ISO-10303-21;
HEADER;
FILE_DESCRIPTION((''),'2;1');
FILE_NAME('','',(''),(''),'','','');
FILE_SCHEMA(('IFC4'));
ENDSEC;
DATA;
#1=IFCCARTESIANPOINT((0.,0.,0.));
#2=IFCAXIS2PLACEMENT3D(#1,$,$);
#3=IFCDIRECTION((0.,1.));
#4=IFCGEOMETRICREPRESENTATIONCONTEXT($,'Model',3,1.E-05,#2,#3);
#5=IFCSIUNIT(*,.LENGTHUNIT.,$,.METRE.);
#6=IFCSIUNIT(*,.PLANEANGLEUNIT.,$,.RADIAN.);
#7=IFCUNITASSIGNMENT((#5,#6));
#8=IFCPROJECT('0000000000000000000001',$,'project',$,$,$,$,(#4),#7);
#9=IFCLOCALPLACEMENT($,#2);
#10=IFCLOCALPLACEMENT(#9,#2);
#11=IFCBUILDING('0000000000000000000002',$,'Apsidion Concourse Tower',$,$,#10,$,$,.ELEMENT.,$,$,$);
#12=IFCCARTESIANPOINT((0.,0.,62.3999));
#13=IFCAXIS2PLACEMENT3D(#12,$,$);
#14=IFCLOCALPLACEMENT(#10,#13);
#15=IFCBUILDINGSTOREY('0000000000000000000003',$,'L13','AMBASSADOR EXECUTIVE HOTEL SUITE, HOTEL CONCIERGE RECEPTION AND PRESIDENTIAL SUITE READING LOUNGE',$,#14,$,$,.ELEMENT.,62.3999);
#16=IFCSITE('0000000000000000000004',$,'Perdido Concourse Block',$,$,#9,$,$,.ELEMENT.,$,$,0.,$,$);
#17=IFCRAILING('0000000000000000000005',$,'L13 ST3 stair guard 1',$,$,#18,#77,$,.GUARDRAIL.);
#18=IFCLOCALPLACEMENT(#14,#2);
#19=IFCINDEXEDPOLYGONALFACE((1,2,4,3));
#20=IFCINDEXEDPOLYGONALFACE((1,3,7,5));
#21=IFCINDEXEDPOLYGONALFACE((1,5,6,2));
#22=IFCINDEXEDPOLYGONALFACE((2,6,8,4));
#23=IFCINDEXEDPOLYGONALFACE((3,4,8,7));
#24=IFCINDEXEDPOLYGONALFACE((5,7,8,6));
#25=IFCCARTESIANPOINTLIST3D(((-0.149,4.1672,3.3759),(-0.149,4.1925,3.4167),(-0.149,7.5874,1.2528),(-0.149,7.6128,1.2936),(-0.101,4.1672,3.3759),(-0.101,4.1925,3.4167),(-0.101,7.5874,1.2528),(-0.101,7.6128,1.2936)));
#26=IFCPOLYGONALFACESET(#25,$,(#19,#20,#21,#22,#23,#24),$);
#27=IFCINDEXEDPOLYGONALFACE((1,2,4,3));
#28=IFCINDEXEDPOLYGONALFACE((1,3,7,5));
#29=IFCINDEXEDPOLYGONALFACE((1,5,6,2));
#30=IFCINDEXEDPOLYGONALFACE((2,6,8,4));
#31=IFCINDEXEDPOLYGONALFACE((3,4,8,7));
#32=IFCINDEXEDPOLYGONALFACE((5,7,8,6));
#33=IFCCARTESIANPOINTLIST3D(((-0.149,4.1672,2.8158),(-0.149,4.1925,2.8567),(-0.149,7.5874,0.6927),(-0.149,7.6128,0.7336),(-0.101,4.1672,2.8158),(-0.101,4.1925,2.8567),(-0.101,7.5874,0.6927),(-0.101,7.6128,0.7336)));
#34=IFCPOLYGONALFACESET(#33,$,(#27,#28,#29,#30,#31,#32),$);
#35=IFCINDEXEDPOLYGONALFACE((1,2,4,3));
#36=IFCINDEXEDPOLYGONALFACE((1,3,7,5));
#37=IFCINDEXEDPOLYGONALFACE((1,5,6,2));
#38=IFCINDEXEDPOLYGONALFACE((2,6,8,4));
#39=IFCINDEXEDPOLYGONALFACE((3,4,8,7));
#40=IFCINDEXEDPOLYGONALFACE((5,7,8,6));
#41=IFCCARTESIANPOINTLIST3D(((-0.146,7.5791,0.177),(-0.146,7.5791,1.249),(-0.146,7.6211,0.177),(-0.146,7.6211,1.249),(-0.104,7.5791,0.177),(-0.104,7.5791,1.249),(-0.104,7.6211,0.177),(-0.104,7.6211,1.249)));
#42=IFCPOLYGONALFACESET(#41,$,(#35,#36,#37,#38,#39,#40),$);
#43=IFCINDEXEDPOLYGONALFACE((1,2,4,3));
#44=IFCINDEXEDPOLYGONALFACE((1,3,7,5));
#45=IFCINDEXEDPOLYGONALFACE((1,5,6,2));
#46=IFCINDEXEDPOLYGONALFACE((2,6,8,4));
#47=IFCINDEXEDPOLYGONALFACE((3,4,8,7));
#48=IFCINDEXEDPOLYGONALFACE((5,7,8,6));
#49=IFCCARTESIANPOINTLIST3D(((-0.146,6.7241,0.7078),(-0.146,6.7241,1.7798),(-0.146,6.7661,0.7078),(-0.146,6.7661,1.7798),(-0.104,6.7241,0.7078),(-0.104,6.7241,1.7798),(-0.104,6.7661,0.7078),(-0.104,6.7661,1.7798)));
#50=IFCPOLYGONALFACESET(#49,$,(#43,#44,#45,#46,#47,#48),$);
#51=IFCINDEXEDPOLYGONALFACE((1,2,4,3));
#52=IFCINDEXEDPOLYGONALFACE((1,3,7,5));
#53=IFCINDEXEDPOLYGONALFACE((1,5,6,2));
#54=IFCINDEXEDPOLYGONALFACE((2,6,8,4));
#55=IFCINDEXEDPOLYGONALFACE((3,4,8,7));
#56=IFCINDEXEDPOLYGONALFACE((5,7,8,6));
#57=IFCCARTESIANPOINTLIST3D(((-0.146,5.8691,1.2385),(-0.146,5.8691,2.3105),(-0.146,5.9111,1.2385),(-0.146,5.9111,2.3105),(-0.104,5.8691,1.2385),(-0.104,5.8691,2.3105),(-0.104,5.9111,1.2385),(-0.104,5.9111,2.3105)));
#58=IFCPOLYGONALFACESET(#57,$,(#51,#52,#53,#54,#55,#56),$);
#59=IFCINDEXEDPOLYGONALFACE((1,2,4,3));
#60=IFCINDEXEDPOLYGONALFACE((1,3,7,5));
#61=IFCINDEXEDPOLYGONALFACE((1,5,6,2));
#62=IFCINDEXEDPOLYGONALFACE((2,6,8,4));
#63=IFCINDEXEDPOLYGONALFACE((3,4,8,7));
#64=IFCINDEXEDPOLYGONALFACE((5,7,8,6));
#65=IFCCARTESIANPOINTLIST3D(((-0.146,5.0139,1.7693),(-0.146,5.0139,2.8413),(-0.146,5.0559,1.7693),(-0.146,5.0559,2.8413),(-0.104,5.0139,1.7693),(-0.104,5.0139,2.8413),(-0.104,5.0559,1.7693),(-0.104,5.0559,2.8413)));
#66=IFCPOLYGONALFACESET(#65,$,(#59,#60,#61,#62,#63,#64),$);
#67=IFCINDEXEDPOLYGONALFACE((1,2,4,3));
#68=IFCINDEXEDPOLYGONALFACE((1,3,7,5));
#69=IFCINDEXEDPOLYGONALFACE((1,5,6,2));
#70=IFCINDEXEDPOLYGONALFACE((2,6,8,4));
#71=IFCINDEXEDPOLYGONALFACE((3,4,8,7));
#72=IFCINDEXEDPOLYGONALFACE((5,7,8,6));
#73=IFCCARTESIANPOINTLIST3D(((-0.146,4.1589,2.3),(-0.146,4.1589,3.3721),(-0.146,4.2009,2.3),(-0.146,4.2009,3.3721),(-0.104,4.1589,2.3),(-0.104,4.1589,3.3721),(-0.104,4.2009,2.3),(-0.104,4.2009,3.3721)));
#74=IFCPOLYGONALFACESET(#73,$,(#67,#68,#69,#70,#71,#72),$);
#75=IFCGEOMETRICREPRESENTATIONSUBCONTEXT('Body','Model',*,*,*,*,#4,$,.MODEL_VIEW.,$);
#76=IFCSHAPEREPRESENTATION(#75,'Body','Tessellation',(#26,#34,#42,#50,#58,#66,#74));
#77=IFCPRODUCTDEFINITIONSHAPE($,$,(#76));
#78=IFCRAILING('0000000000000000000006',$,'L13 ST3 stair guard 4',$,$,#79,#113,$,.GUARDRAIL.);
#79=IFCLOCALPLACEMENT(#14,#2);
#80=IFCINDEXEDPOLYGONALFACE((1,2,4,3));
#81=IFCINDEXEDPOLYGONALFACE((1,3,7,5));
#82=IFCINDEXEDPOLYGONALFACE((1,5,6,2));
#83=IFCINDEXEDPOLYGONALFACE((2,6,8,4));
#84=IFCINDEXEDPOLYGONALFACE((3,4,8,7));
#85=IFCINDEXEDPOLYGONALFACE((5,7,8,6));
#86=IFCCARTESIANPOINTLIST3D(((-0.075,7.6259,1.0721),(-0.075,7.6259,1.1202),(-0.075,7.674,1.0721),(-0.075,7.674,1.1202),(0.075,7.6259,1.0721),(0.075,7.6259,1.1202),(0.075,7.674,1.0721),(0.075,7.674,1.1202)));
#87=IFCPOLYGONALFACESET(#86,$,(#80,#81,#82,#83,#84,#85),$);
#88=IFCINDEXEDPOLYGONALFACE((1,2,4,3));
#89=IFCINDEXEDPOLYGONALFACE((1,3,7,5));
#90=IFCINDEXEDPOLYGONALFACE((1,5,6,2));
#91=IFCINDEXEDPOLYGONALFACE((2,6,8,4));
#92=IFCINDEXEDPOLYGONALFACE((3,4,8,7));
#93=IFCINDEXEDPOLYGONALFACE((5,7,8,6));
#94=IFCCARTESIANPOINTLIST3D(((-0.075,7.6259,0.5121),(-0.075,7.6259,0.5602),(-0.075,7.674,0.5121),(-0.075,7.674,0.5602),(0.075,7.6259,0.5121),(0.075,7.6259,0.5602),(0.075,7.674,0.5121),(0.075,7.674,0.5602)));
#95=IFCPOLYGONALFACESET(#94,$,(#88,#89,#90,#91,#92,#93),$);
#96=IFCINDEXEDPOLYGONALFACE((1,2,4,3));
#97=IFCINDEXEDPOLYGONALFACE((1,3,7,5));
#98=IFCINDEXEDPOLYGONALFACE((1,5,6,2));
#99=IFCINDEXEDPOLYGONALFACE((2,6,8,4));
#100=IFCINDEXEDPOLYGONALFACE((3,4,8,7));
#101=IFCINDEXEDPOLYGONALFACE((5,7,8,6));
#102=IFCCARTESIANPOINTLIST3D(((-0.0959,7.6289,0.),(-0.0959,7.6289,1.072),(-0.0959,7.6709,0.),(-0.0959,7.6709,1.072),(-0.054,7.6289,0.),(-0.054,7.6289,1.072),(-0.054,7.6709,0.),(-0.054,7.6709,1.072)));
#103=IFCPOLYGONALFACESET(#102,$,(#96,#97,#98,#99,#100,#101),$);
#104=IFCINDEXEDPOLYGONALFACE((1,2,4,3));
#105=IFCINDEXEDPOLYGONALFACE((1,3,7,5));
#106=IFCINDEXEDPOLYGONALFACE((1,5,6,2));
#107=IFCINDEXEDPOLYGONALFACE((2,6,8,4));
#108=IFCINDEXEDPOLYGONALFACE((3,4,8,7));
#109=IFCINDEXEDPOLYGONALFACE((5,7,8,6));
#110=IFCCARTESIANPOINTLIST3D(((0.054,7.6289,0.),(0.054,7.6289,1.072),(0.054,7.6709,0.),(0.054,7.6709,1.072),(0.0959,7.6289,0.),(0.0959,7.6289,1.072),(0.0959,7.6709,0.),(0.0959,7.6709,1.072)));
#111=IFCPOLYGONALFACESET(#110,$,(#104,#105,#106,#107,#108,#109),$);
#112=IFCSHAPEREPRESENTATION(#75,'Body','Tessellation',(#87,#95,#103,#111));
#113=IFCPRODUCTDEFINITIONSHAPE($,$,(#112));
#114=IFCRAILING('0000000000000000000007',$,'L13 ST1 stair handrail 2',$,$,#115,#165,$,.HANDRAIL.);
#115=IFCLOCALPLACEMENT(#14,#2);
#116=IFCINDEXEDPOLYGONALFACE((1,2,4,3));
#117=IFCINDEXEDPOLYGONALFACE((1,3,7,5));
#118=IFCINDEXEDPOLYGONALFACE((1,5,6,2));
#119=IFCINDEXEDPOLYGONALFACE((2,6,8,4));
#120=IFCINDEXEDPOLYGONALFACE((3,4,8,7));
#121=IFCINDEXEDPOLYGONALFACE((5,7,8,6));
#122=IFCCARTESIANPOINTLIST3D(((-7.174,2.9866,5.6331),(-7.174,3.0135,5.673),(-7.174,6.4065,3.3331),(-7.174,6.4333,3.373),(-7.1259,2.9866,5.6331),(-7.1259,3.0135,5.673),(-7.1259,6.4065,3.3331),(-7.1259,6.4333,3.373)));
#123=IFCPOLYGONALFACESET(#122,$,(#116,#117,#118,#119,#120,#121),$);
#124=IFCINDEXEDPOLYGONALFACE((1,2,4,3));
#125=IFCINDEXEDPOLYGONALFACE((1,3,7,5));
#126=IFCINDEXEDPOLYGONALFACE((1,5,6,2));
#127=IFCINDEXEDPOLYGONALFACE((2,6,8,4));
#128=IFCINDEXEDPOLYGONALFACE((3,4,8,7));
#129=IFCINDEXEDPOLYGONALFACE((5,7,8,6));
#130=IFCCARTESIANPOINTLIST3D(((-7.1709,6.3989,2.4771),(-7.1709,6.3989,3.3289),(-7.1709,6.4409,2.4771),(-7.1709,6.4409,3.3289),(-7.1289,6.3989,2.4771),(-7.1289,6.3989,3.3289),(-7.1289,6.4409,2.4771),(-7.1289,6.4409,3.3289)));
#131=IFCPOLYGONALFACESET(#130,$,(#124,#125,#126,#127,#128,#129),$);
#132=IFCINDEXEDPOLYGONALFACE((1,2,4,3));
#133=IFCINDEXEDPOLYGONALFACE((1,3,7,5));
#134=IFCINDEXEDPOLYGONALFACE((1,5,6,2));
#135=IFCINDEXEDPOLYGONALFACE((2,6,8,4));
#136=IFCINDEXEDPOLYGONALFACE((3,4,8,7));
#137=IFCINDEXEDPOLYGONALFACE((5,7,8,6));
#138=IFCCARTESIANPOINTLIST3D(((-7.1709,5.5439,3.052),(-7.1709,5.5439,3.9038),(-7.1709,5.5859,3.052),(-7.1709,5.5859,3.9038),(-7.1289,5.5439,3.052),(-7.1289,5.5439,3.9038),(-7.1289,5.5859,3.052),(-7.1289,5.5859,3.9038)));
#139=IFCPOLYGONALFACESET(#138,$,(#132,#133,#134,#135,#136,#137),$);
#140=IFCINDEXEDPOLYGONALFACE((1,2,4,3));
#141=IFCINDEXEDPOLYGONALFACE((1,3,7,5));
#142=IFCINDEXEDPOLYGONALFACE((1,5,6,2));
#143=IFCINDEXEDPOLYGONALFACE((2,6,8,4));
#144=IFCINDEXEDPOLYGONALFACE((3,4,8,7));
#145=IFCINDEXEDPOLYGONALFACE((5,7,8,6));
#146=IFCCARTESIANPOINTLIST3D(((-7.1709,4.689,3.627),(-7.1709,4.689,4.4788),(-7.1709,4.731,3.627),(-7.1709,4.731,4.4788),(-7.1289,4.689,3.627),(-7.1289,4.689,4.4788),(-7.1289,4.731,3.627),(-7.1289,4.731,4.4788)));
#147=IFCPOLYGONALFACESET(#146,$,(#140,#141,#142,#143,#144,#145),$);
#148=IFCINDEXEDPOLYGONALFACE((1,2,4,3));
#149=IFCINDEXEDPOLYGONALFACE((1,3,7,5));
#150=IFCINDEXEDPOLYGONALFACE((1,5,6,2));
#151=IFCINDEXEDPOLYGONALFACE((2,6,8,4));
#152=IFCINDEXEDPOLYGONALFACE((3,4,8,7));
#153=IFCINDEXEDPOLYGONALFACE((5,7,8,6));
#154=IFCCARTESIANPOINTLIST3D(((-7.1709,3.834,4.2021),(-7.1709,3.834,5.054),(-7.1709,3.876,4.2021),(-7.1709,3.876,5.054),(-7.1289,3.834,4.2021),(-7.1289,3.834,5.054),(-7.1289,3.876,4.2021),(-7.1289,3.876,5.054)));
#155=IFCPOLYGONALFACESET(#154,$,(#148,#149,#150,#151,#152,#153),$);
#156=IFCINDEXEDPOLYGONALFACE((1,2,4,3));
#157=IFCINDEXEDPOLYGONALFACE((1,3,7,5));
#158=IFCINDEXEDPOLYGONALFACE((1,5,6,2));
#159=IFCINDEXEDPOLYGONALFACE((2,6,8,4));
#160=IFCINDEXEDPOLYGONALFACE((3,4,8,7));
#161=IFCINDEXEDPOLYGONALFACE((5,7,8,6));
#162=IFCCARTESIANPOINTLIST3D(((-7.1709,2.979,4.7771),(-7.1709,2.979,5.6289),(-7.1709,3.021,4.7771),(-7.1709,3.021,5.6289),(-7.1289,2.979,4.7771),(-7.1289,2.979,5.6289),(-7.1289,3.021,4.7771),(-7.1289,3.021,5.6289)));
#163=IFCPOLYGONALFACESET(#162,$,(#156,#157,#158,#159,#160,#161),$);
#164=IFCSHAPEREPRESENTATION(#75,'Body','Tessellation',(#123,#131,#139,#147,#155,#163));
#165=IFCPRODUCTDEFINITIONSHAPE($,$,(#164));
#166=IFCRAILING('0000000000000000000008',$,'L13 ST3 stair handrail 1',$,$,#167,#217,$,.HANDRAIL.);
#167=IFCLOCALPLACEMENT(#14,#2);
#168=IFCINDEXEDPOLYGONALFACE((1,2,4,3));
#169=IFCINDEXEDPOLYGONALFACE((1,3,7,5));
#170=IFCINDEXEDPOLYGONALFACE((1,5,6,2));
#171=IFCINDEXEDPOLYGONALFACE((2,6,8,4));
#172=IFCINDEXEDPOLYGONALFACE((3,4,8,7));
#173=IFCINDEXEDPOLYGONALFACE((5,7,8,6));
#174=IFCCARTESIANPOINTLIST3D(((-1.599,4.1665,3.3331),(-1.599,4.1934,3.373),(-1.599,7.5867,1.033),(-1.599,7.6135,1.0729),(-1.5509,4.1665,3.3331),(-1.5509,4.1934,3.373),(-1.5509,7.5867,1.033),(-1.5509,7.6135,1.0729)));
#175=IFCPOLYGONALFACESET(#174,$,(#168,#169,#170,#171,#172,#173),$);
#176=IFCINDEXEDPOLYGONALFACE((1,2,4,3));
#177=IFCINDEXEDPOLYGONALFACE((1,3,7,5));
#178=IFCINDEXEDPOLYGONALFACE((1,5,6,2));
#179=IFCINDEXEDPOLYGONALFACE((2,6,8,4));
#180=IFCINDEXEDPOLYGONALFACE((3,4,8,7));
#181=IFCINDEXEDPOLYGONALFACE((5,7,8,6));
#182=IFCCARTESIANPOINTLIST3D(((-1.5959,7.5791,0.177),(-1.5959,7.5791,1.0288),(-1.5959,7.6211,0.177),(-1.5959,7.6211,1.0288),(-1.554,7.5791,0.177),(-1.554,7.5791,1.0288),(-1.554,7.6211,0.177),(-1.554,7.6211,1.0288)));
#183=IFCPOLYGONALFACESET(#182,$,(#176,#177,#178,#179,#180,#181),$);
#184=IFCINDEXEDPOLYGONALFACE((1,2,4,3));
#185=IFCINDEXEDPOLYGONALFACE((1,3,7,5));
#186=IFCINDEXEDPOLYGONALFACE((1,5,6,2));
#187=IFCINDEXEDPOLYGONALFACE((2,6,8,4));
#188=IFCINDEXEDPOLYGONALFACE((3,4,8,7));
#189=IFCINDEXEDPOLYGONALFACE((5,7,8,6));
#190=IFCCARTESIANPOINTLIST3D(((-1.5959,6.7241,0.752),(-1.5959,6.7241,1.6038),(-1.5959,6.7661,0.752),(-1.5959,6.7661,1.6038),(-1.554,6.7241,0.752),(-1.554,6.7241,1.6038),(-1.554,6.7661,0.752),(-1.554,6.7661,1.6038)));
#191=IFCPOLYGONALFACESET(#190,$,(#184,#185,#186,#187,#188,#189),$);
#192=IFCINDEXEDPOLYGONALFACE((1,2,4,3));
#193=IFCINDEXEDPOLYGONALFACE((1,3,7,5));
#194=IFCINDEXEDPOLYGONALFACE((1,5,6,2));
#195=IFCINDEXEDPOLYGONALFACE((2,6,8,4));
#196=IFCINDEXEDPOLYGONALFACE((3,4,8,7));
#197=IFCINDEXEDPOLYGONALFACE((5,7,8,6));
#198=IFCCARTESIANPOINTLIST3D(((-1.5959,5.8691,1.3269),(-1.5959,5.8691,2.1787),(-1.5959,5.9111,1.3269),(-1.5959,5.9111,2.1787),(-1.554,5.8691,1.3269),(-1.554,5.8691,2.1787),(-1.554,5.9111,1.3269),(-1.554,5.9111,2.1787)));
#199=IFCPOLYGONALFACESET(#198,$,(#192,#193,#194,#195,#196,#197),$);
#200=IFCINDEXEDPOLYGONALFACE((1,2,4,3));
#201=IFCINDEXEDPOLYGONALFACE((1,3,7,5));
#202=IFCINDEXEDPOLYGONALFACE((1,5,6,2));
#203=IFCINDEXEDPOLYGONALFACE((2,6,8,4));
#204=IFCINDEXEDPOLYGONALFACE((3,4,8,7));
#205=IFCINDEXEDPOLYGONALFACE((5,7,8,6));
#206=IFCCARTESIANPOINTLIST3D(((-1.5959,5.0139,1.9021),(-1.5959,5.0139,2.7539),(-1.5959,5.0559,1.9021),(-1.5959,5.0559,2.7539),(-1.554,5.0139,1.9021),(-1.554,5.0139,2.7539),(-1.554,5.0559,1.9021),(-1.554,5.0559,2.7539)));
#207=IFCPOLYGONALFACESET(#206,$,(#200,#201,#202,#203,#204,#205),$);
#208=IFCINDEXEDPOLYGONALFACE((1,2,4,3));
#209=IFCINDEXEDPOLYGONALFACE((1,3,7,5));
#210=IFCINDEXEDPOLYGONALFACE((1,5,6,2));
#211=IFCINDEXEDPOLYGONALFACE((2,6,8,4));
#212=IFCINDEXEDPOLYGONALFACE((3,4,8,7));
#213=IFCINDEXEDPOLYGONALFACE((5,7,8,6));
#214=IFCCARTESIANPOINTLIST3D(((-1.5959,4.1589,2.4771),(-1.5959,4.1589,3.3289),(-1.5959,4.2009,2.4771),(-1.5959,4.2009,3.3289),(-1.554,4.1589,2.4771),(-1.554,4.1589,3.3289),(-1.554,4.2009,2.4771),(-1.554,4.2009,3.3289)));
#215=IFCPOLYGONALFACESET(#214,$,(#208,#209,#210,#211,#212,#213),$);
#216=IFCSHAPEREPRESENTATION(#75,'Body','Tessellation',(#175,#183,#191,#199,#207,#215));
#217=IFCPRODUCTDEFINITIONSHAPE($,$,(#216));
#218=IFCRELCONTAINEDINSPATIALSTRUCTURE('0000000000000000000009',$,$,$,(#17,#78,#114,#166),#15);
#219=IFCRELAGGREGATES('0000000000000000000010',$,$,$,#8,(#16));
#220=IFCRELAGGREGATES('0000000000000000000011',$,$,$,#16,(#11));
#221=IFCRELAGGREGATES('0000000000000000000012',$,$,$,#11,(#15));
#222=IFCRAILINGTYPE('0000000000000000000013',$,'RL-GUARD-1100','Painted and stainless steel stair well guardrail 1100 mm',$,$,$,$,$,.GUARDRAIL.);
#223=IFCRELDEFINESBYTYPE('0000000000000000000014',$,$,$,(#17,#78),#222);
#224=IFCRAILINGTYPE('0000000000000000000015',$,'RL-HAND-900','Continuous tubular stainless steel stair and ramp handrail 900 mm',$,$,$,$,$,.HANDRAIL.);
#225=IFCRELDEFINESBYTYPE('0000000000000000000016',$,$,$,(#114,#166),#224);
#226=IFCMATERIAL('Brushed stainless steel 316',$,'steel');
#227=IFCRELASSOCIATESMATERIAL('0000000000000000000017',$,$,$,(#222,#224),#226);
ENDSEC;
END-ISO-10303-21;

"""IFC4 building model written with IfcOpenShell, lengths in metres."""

from ifc_helpers import new_model, si_unit, direction, frame, origin, origin_2d, place, context, subcontext, project, spatial, rectangle, extrude, material, type_object, element, save


model = new_model("IFC4")

# Units and contexts
model_context = context("Model", 3, precision=1e-05, world=origin(), true_north=direction((0.0, 1.0)))
body_context = subcontext(model_context, "Body", "Model", "MODEL_VIEW")
ifc_project = project(units=[si_unit("LENGTHUNIT", "METRE"), si_unit("PLANEANGLEUNIT", "RADIAN")], contexts=[model_context])

# Site, building, storey
site_placement = place(None, origin())
site = spatial("IfcSite", under=ifc_project, at=site_placement, Name="Perdido Concourse Block", CompositionType="ELEMENT", RefElevation=0.0)
building_placement = place(site_placement, origin())
building = spatial("IfcBuilding", under=site, at=building_placement, Name="Apsidion Concourse Tower", CompositionType="ELEMENT")
storey_placement = place(building_placement, frame((0.0, 0.0, 62.3999)))
storey = spatial("IfcBuildingStorey", under=building, at=storey_placement, Name="L13", Description="AMBASSADOR EXECUTIVE HOTEL SUITE, HOTEL CONCIERGE RECEPTION AND PRESIDENTIAL SUITE READING LOUNGE", CompositionType="ELEMENT", Elevation=62.3999)

# Shared definitions
ifc_material_1 = material(Name="Brushed stainless steel 316", Category="steel")

# Railings
railing_type_1 = type_object("IfcRailingType", Name="RL-GUARD-1100", Description="Painted and stainless steel stair well guardrail 1100 mm", PredefinedType="GUARDRAIL", material=ifc_material_1)
railing_1_placement = place(storey_placement, frame((-0.125, 7.6001, 0.177)))
element("IfcRailing", 1, at=railing_1_placement, inside=storey, type_object=railing_type_1, Name="L13 ST3 stair guard 1", PredefinedType="GUARDRAIL", context=body_context, shape_type="SweptSolid", body=[
    extrude(rectangle(XDim=0.0481, YDim=0.0481, at=origin_2d()), frame((0.0, 0.0, 1.0962), z_axis=(0.0, -0.84962, 0.527396), x_axis=(1.0, 0.0, 0.0)), (0.0, 0.0, 1.0), 4.0256),
    extrude(rectangle(XDim=0.0481, YDim=0.0481, at=origin_2d()), frame((0.0, 0.0, 0.5361), z_axis=(0.0, -0.84962, 0.527396), x_axis=(1.0, 0.0, 0.0)), (0.0, 0.0, 1.0), 4.0256),
    extrude(rectangle(XDim=0.042, YDim=0.042, at=origin_2d()), origin(), (0.0, 0.0, 1.0), 1.072),
    extrude(rectangle(XDim=0.042, YDim=0.042, at=origin_2d()), frame((0.0, -0.855, 0.5308)), (0.0, 0.0, 1.0), 1.072),
    extrude(rectangle(XDim=0.042, YDim=0.042, at=origin_2d()), frame((0.0, -1.71, 1.0615)), (0.0, 0.0, 1.0), 1.072),
    extrude(rectangle(XDim=0.042, YDim=0.042, at=origin_2d()), frame((0.0, -2.5652, 1.5923)), (0.0, 0.0, 1.0), 1.072),
    extrude(rectangle(XDim=0.042, YDim=0.042, at=origin_2d()), frame((0.0, -3.4202, 2.123)), (0.0, 0.0, 1.0), 1.072),
])
railing_2_placement = place(storey_placement, frame((-0.075, 7.6499, 0.0)))
element("IfcRailing", 2, at=railing_2_placement, inside=storey, type_object=railing_type_1, Name="L13 ST3 stair guard 4", PredefinedType="GUARDRAIL", context=body_context, shape_type="SweptSolid", body=[
    extrude(rectangle(XDim=0.0481, YDim=0.0481, at=origin_2d()), frame((0.0, 0.0, 1.0962), z_axis=(1.0, 0.0, 0.0), x_axis=(0.0, 1.0, 0.0)), (0.0, 0.0, 1.0), 0.1499),
    extrude(rectangle(XDim=0.0481, YDim=0.0481, at=origin_2d()), frame((0.0, 0.0, 0.5361), z_axis=(1.0, 0.0, 0.0), x_axis=(0.0, 1.0, 0.0)), (0.0, 0.0, 1.0), 0.1499),
    extrude(rectangle(XDim=0.042, YDim=0.042, at=origin_2d()), origin(), (0.0, 0.0, 1.0), 1.072),
    extrude(rectangle(XDim=0.042, YDim=0.042, at=origin_2d()), frame((0.1499, 0.0, 0.0)), (0.0, 0.0, 1.0), 1.072),
])
railing_type_2 = type_object("IfcRailingType", Name="RL-HAND-900", Description="Continuous tubular stainless steel stair and ramp handrail 900 mm", PredefinedType="HANDRAIL", material=ifc_material_1)
railing_3_placement = place(storey_placement, frame((-7.1499, 6.4199, 2.4771)))
element("IfcRailing", 3, at=railing_3_placement, inside=storey, type_object=railing_type_2, Name="L13 ST1 stair handrail 2", PredefinedType="HANDRAIL", context=body_context, shape_type="SweptSolid", body=[
    extrude(rectangle(XDim=0.0481, YDim=0.0481, at=origin_2d()), frame((0.0, 0.0, 0.876), z_axis=(0.0, -0.829792, 0.558072), x_axis=(1.0, 0.0, 0.0)), (0.0, 0.0, 1.0), 4.1213),
    extrude(rectangle(XDim=0.042, YDim=0.042, at=origin_2d()), origin(), (0.0, 0.0, 1.0), 0.8518),
    extrude(rectangle(XDim=0.042, YDim=0.042, at=origin_2d()), frame((0.0, -0.855, 0.575)), (0.0, 0.0, 1.0), 0.8518),
    extrude(rectangle(XDim=0.042, YDim=0.042, at=origin_2d()), frame((0.0, -1.71, 1.1499)), (0.0, 0.0, 1.0), 0.8518),
    extrude(rectangle(XDim=0.042, YDim=0.042, at=origin_2d()), frame((0.0, -2.5649, 1.7251)), (0.0, 0.0, 1.0), 0.8518),
    extrude(rectangle(XDim=0.042, YDim=0.042, at=origin_2d()), frame((0.0, -3.4199, 2.3)), (0.0, 0.0, 1.0), 0.8518),
])
railing_4_placement = place(storey_placement, frame((-1.575, 7.6001, 0.177)))
element("IfcRailing", 4, at=railing_4_placement, inside=storey, type_object=railing_type_2, Name="L13 ST3 stair handrail 1", PredefinedType="HANDRAIL", context=body_context, shape_type="SweptSolid", body=[
    extrude(rectangle(XDim=0.0481, YDim=0.0481, at=origin_2d()), frame((0.0, 0.0, 0.876), z_axis=(0.0, -0.829811, 0.558045), x_axis=(1.0, 0.0, 0.0)), (0.0, 0.0, 1.0), 4.1216),
    extrude(rectangle(XDim=0.042, YDim=0.042, at=origin_2d()), origin(), (0.0, 0.0, 1.0), 0.8518),
    extrude(rectangle(XDim=0.042, YDim=0.042, at=origin_2d()), frame((0.0, -0.855, 0.575)), (0.0, 0.0, 1.0), 0.8518),
    extrude(rectangle(XDim=0.042, YDim=0.042, at=origin_2d()), frame((0.0, -1.71, 1.1499)), (0.0, 0.0, 1.0), 0.8518),
    extrude(rectangle(XDim=0.042, YDim=0.042, at=origin_2d()), frame((0.0, -2.5652, 1.7251)), (0.0, 0.0, 1.0), 0.8518),
    extrude(rectangle(XDim=0.042, YDim=0.042, at=origin_2d()), frame((0.0, -3.4202, 2.3)), (0.0, 0.0, 1.0), 0.8518),
])

save(model, "model.ifc")
